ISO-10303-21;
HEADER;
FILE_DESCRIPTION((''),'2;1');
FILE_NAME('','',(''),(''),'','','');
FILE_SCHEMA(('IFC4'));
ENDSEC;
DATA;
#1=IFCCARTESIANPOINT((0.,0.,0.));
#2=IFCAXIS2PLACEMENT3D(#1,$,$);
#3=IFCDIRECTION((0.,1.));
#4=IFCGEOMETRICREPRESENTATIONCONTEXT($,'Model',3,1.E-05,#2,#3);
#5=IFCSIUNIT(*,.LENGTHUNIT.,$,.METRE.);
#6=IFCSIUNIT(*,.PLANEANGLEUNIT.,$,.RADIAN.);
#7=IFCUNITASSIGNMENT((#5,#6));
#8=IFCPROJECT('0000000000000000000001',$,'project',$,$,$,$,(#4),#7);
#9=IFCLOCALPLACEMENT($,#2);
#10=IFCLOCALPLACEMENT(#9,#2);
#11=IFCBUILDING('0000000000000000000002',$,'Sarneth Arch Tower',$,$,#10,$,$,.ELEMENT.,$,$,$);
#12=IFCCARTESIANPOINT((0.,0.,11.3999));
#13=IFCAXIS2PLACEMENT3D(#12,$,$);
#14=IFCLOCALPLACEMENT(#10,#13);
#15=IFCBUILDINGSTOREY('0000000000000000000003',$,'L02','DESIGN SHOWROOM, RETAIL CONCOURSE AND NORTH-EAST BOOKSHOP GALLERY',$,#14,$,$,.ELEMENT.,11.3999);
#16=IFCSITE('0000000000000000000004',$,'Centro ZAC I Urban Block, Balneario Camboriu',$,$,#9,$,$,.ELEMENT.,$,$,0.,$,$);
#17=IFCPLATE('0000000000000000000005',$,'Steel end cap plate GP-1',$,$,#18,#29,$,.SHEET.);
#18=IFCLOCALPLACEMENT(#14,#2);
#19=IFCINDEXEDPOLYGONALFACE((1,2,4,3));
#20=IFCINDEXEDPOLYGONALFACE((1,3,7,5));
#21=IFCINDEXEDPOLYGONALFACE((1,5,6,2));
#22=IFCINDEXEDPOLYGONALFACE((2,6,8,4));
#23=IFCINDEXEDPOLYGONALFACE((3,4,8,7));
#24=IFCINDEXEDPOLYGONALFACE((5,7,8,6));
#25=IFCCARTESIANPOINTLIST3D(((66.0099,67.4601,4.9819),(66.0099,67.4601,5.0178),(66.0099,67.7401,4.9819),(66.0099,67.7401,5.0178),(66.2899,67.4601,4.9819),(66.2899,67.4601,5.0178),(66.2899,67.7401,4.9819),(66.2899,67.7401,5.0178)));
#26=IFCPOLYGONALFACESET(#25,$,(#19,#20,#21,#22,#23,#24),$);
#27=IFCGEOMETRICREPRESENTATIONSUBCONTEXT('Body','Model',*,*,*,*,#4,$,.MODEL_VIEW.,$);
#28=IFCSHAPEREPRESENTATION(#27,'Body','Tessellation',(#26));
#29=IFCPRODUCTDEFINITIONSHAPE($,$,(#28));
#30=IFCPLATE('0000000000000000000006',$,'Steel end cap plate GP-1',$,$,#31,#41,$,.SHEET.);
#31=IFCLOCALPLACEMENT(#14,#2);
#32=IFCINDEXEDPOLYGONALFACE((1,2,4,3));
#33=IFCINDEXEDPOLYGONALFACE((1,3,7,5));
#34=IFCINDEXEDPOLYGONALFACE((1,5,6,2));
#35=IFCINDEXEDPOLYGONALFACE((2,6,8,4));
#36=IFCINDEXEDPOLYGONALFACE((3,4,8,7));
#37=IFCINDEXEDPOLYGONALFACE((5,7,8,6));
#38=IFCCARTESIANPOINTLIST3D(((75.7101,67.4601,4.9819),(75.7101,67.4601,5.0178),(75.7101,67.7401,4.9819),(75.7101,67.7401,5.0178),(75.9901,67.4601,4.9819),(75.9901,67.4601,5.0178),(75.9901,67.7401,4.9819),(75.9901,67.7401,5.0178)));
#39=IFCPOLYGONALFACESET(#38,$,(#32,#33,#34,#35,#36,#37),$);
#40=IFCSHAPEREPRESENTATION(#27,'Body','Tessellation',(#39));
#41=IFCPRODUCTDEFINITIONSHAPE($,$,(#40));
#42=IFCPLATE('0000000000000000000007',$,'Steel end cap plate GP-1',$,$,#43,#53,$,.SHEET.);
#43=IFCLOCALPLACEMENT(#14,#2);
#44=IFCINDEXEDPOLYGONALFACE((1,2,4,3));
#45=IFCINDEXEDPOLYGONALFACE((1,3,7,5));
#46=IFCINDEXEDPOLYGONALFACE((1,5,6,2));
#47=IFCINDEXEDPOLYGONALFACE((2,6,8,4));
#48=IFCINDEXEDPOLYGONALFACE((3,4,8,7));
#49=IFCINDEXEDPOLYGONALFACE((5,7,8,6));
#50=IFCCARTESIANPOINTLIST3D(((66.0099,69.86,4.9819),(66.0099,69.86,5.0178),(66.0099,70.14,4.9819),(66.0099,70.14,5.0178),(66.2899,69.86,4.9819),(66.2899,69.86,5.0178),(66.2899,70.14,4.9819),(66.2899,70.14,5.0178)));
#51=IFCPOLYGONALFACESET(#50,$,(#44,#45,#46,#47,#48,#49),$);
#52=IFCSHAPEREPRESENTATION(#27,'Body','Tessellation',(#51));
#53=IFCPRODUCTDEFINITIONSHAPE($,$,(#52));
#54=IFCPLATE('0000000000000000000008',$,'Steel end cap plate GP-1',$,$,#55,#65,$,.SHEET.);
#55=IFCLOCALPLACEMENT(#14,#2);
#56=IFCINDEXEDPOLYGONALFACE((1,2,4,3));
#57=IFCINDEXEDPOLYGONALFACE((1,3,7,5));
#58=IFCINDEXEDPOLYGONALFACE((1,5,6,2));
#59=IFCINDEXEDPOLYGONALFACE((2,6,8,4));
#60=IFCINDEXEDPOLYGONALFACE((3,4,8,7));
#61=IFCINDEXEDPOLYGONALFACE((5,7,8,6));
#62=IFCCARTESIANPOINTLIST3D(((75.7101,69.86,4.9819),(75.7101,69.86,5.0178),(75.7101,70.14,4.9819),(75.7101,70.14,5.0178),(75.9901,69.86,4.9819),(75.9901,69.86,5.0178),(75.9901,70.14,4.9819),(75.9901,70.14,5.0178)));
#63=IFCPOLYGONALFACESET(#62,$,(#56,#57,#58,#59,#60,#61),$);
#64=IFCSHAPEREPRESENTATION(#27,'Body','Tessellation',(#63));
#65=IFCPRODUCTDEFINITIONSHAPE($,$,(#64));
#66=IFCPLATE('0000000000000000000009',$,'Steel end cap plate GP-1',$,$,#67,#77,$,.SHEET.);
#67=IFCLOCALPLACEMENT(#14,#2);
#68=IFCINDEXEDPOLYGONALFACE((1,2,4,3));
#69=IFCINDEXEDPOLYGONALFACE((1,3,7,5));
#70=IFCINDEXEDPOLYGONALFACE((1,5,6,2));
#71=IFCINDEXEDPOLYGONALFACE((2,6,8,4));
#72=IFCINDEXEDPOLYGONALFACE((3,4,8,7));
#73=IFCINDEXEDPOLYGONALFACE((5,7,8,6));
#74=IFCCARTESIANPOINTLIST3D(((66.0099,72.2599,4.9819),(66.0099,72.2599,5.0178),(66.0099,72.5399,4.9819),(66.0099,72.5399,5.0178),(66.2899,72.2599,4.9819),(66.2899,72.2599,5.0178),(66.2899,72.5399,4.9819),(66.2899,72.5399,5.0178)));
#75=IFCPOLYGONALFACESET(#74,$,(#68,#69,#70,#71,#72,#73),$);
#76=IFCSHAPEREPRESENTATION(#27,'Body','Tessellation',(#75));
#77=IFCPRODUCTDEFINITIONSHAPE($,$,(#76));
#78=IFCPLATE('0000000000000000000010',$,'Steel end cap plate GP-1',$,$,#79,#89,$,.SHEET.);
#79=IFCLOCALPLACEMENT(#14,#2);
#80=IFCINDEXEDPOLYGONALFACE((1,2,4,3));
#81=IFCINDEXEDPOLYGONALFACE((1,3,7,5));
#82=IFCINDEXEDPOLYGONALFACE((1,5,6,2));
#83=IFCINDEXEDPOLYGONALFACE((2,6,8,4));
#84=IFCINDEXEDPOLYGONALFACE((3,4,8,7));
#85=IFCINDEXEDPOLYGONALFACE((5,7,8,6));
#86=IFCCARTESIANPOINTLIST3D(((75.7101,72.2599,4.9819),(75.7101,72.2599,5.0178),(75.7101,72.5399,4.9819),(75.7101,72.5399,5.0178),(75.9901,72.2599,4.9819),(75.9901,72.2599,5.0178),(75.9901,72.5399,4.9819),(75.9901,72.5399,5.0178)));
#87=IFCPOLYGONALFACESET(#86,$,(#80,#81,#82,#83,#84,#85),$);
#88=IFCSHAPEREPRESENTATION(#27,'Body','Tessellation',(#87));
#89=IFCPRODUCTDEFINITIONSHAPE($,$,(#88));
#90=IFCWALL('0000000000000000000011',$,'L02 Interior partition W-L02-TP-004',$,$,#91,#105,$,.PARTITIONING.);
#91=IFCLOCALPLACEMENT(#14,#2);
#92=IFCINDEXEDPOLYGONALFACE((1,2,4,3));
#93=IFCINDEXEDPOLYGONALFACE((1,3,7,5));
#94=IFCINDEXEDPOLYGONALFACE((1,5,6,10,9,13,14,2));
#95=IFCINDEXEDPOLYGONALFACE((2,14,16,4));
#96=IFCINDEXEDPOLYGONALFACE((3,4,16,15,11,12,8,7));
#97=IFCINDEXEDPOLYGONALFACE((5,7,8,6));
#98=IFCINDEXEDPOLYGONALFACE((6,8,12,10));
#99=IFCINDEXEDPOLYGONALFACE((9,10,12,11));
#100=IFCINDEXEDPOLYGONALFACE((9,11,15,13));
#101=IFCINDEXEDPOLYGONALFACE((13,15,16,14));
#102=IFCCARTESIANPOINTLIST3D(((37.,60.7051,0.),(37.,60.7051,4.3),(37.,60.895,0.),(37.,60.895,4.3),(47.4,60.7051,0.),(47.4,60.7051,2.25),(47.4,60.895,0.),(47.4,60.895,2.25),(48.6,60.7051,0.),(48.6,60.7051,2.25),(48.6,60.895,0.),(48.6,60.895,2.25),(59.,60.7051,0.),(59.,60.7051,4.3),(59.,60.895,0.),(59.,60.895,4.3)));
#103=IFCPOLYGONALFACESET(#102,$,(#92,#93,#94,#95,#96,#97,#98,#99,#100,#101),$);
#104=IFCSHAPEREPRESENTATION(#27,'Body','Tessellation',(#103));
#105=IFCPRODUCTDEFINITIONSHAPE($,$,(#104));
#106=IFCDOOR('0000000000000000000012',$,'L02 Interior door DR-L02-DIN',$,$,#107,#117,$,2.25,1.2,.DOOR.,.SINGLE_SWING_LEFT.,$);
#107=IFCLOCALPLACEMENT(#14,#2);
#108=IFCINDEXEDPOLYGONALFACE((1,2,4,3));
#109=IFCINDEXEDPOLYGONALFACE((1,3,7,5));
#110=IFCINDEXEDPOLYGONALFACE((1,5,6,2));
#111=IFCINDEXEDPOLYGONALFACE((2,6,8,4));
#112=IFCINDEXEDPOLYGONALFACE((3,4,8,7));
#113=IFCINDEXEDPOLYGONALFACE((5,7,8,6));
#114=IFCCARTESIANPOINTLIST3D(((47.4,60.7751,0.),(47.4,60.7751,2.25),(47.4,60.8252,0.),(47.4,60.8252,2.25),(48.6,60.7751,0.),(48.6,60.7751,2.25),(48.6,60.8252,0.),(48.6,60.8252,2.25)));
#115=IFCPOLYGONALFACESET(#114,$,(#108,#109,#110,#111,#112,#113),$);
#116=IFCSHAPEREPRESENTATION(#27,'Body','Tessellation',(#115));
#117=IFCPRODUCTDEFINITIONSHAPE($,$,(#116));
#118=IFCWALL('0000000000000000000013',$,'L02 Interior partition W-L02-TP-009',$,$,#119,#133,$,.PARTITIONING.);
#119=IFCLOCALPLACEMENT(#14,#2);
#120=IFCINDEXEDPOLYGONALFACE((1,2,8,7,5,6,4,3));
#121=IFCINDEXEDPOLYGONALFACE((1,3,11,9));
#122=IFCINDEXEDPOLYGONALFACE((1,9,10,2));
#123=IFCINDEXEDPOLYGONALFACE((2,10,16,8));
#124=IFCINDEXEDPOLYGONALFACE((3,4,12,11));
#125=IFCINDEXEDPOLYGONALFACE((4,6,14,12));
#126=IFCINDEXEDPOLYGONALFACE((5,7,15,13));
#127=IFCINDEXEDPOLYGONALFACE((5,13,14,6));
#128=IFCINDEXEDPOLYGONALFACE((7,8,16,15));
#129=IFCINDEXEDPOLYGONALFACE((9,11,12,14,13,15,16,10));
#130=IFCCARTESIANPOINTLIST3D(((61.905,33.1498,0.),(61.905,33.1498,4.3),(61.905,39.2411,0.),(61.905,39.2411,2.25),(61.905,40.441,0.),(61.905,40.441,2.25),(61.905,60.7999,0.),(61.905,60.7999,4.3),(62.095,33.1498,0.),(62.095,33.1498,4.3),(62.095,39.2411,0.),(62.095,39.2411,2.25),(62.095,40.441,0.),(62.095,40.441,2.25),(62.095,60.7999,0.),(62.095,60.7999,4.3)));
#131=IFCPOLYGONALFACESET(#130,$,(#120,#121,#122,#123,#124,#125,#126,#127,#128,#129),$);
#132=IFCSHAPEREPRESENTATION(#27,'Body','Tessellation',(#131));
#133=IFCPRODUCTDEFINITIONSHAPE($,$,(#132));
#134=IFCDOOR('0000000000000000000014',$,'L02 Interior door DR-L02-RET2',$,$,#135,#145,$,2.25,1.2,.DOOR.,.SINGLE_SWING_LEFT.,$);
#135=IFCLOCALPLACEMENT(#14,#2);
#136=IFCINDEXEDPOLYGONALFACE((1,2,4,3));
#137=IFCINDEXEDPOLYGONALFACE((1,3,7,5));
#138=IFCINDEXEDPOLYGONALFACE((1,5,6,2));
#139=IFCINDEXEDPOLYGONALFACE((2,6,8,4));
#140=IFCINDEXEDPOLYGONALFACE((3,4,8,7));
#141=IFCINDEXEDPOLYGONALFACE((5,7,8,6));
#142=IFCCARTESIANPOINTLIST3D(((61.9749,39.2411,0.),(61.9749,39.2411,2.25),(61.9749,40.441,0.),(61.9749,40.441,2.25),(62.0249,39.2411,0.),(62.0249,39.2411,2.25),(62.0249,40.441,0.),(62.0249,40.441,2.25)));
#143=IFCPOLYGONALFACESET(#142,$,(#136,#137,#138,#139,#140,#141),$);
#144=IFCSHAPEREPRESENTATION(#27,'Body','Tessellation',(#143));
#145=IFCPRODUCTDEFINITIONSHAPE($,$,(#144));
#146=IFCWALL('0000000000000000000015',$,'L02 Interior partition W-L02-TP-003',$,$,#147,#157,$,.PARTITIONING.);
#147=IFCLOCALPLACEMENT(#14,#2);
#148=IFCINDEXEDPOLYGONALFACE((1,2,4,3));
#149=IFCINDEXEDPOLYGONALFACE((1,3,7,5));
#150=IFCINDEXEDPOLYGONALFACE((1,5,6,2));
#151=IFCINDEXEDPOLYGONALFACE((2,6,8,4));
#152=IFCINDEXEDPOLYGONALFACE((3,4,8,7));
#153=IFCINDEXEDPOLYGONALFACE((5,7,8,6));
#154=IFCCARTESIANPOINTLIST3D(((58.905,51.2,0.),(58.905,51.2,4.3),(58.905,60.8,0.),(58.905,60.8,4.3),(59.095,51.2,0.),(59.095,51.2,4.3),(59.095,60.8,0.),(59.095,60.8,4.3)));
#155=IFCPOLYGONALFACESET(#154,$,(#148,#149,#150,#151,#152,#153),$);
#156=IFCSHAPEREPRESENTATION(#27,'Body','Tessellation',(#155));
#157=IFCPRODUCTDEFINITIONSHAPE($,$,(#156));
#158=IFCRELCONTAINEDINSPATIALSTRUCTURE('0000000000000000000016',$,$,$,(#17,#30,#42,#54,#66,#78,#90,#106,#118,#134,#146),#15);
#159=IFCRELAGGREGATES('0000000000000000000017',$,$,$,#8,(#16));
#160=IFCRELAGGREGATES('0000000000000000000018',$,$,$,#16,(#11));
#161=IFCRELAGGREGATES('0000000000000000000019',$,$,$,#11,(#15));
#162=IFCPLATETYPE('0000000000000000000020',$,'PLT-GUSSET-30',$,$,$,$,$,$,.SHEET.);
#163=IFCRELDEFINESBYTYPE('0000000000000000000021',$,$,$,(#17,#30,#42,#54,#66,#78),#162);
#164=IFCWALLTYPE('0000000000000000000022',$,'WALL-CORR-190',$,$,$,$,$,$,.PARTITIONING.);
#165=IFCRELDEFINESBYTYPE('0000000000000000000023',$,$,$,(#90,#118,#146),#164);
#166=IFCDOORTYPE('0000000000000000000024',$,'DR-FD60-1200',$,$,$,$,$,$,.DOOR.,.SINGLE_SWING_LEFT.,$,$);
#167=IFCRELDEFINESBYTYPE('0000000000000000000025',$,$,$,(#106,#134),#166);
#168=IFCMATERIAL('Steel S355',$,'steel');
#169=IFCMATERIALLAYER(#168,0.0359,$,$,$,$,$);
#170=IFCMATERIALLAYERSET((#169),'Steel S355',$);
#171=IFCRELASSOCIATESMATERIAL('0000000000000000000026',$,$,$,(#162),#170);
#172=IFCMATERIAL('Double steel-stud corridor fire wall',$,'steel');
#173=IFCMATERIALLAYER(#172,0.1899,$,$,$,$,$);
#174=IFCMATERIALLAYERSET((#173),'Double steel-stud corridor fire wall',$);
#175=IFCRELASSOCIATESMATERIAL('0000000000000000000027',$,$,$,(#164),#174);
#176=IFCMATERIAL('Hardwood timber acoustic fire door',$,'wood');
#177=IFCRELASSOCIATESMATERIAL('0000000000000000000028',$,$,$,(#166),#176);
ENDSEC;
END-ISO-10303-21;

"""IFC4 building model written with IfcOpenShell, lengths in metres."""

from ifc_helpers import new_model, si_unit, direction, frame, frame_2d, origin, origin_2d, place, context, subcontext, project, spatial, rectangle, extrude, material, layer, layer_set, type_object, element, fill, save


model = new_model("IFC4")

# Units and contexts
model_context = context("Model", 3, precision=1e-05, world=origin(), true_north=direction((0.0, 1.0)))
body_context = subcontext(model_context, "Body", "Model", "MODEL_VIEW")
ifc_project = project(units=[si_unit("LENGTHUNIT", "METRE"), si_unit("PLANEANGLEUNIT", "RADIAN")], contexts=[model_context])

# Site, building, storey
site_placement = place(None, origin())
site = spatial("IfcSite", under=ifc_project, at=site_placement, Name="Centro ZAC I Urban Block, Balneario Camboriu", CompositionType="ELEMENT", RefElevation=0.0)
building_placement = place(site_placement, origin())
building = spatial("IfcBuilding", under=site, at=building_placement, Name="Sarneth Arch Tower", CompositionType="ELEMENT")
storey_placement = place(building_placement, frame((0.0, 0.0, 11.3999)))
storey = spatial("IfcBuildingStorey", under=building, at=storey_placement, Name="L02", Description="DESIGN SHOWROOM, RETAIL CONCOURSE AND NORTH-EAST BOOKSHOP GALLERY", CompositionType="ELEMENT", Elevation=11.3999)

# Plates
ifc_material_1 = material(Name="Steel S355", Category="steel")
ifc_layer_1 = layer(ifc_material_1, 0.0359)
ifc_layer_set_1 = layer_set([ifc_layer_1], Name="Steel S355")
plate_type = type_object("IfcPlateType", Name="PLT-GUSSET-30", PredefinedType="SHEET", material=ifc_layer_set_1)
for number, where, z_axis, x_axis, name in (
    (1, (66.1499, 67.6001, 4.9819), (0.0, 0.0, 1.0), (1.0, 0.0, 0.0), "Steel end cap plate GP-1"),
    (2, (75.8501, 67.6001, 4.9819), (0.0, 0.0, 1.0), (-1.0, 0.0, 0.0), "Steel end cap plate GP-1"),
    (3, (66.1499, 70.0, 4.9819), (0.0, 0.0, 1.0), (1.0, 0.0, 0.0), "Steel end cap plate GP-1"),
    (4, (75.8501, 70.0, 4.9819), (0.0, 0.0, 1.0), (-1.0, 0.0, 0.0), "Steel end cap plate GP-1"),
    (5, (66.1499, 72.3999, 4.9819), (0.0, 0.0, 1.0), (1.0, 0.0, 0.0), "Steel end cap plate GP-1"),
    (6, (75.8501, 72.3999, 4.9819), (0.0, 0.0, 1.0), (-1.0, 0.0, 0.0), "Steel end cap plate GP-1"),
):
    element("IfcPlate", number, at=place(storey_placement, frame(where, z_axis=z_axis, x_axis=x_axis)), inside=storey, type_object=plate_type, Name=name, PredefinedType="SHEET", context=body_context, shape_type="SweptSolid", body=[
        extrude(rectangle(XDim=0.28, YDim=0.28, at=origin_2d()), origin(), (0.0, 0.0, 1.0), 0.0359),
    ])

# Walls, openings, doors
ifc_material_2 = material(Name="Double steel-stud corridor fire wall", Category="steel")
ifc_layer_2 = layer(ifc_material_2, 0.1899)
ifc_layer_set_2 = layer_set([ifc_layer_2], Name="Double steel-stud corridor fire wall")
wall_type = type_object("IfcWallType", Name="WALL-CORR-190", PredefinedType="PARTITIONING", material=ifc_layer_set_2)
wall_1_placement = place(storey_placement, frame((59.0, 60.8, 0.0), z_axis=(0.0, 0.0, 1.0), x_axis=(-1.0, 0.0, 0.0)))
wall_1 = element("IfcWall", 7, at=wall_1_placement, inside=storey, type_object=wall_type, Name="L02 Interior partition W-L02-TP-004", PredefinedType="PARTITIONING", context=body_context, shape_type="SweptSolid", body=[
    extrude(rectangle(XDim=22.0, YDim=0.1899, at=frame_2d((11.0, 0.0))), origin(), (0.0, 0.0, 1.0), 4.3),
])
opening_1_placement = place(wall_1_placement, frame((10.3999, 0.0, 0.0)))
opening_1 = element("IfcOpeningElement", 8, at=opening_1_placement, cuts=wall_1, PredefinedType="OPENING", context=body_context, shape_type="SweptSolid", body=[
    extrude(rectangle(XDim=1.2, YDim=2.25, at=frame_2d((0.6001, 1.125))), frame((0.0, 0.105, 0.0), z_axis=(0.0, -1.0, 0.0), x_axis=(1.0, 0.0, 0.0)), (0.0, 0.0, 1.0), 0.21),
])
ifc_material_3 = material(Name="Hardwood timber acoustic fire door", Category="wood")
door_type = type_object("IfcDoorType", Name="DR-FD60-1200", OperationType="SINGLE_SWING_LEFT", PredefinedType="DOOR", material=ifc_material_3)
door_1_placement = place(opening_1_placement, origin())
door_1 = element("IfcDoor", 9, at=door_1_placement, inside=storey, type_object=door_type, Name="L02 Interior door DR-L02-DIN", OperationType="SINGLE_SWING_LEFT", OverallHeight=2.25, OverallWidth=1.2, PredefinedType="DOOR", context=body_context, shape_type="SweptSolid", body=[
    extrude(rectangle(XDim=1.2, YDim=2.25, at=frame_2d((0.6001, 1.125))), frame((0.0, 0.0249, 0.0), z_axis=(0.0, -1.0, 0.0), x_axis=(1.0, 0.0, 0.0)), (0.0, 0.0, 1.0), 0.05),
])
fill(opening_1, door_1)
wall_2_placement = place(storey_placement, frame((62.0, 60.8, 0.0), z_axis=(0.0, 0.0, 1.0), x_axis=(0.0, -1.0, 0.0)))
wall_2 = element("IfcWall", 10, at=wall_2_placement, inside=storey, type_object=wall_type, Name="L02 Interior partition W-L02-TP-009", PredefinedType="PARTITIONING", context=body_context, shape_type="SweptSolid", body=[
    extrude(rectangle(XDim=27.6501, YDim=0.1899, at=frame_2d((13.8252, 0.0))), origin(), (0.0, 0.0, 1.0), 4.3),
])
opening_2_placement = place(wall_2_placement, frame((20.3589, 0.0, 0.0)))
opening_2 = element("IfcOpeningElement", 11, at=opening_2_placement, cuts=wall_2, PredefinedType="OPENING", context=body_context, shape_type="SweptSolid", body=[
    extrude(rectangle(XDim=1.2, YDim=2.25, at=frame_2d((0.6001, 1.125))), frame((0.0, 0.105, 0.0), z_axis=(0.0, -1.0, 0.0), x_axis=(1.0, 0.0, 0.0)), (0.0, 0.0, 1.0), 0.21),
])
door_2_placement = place(opening_2_placement, origin())
door_2 = element("IfcDoor", 12, at=door_2_placement, inside=storey, type_object=door_type, Name="L02 Interior door DR-L02-RET2", OperationType="SINGLE_SWING_LEFT", OverallHeight=2.25, OverallWidth=1.2, PredefinedType="DOOR", context=body_context, shape_type="SweptSolid", body=[
    extrude(rectangle(XDim=1.2, YDim=2.25, at=frame_2d((0.6001, 1.125))), frame((0.0, 0.0249, 0.0), z_axis=(0.0, -1.0, 0.0), x_axis=(1.0, 0.0, 0.0)), (0.0, 0.0, 1.0), 0.05),
])
fill(opening_2, door_2)

# Wall
wall_3_placement = place(storey_placement, frame((59.0, 51.2, 0.0), z_axis=(0.0, 0.0, 1.0), x_axis=(0.0, 1.0, 0.0)))
element("IfcWall", 13, at=wall_3_placement, inside=storey, type_object=wall_type, Name="L02 Interior partition W-L02-TP-003", PredefinedType="PARTITIONING", context=body_context, shape_type="SweptSolid", body=[
    extrude(rectangle(XDim=9.6001, YDim=0.1899, at=frame_2d((4.8, 0.0))), origin(), (0.0, 0.0, 1.0), 4.3),
])

save(model, "model.ifc")
